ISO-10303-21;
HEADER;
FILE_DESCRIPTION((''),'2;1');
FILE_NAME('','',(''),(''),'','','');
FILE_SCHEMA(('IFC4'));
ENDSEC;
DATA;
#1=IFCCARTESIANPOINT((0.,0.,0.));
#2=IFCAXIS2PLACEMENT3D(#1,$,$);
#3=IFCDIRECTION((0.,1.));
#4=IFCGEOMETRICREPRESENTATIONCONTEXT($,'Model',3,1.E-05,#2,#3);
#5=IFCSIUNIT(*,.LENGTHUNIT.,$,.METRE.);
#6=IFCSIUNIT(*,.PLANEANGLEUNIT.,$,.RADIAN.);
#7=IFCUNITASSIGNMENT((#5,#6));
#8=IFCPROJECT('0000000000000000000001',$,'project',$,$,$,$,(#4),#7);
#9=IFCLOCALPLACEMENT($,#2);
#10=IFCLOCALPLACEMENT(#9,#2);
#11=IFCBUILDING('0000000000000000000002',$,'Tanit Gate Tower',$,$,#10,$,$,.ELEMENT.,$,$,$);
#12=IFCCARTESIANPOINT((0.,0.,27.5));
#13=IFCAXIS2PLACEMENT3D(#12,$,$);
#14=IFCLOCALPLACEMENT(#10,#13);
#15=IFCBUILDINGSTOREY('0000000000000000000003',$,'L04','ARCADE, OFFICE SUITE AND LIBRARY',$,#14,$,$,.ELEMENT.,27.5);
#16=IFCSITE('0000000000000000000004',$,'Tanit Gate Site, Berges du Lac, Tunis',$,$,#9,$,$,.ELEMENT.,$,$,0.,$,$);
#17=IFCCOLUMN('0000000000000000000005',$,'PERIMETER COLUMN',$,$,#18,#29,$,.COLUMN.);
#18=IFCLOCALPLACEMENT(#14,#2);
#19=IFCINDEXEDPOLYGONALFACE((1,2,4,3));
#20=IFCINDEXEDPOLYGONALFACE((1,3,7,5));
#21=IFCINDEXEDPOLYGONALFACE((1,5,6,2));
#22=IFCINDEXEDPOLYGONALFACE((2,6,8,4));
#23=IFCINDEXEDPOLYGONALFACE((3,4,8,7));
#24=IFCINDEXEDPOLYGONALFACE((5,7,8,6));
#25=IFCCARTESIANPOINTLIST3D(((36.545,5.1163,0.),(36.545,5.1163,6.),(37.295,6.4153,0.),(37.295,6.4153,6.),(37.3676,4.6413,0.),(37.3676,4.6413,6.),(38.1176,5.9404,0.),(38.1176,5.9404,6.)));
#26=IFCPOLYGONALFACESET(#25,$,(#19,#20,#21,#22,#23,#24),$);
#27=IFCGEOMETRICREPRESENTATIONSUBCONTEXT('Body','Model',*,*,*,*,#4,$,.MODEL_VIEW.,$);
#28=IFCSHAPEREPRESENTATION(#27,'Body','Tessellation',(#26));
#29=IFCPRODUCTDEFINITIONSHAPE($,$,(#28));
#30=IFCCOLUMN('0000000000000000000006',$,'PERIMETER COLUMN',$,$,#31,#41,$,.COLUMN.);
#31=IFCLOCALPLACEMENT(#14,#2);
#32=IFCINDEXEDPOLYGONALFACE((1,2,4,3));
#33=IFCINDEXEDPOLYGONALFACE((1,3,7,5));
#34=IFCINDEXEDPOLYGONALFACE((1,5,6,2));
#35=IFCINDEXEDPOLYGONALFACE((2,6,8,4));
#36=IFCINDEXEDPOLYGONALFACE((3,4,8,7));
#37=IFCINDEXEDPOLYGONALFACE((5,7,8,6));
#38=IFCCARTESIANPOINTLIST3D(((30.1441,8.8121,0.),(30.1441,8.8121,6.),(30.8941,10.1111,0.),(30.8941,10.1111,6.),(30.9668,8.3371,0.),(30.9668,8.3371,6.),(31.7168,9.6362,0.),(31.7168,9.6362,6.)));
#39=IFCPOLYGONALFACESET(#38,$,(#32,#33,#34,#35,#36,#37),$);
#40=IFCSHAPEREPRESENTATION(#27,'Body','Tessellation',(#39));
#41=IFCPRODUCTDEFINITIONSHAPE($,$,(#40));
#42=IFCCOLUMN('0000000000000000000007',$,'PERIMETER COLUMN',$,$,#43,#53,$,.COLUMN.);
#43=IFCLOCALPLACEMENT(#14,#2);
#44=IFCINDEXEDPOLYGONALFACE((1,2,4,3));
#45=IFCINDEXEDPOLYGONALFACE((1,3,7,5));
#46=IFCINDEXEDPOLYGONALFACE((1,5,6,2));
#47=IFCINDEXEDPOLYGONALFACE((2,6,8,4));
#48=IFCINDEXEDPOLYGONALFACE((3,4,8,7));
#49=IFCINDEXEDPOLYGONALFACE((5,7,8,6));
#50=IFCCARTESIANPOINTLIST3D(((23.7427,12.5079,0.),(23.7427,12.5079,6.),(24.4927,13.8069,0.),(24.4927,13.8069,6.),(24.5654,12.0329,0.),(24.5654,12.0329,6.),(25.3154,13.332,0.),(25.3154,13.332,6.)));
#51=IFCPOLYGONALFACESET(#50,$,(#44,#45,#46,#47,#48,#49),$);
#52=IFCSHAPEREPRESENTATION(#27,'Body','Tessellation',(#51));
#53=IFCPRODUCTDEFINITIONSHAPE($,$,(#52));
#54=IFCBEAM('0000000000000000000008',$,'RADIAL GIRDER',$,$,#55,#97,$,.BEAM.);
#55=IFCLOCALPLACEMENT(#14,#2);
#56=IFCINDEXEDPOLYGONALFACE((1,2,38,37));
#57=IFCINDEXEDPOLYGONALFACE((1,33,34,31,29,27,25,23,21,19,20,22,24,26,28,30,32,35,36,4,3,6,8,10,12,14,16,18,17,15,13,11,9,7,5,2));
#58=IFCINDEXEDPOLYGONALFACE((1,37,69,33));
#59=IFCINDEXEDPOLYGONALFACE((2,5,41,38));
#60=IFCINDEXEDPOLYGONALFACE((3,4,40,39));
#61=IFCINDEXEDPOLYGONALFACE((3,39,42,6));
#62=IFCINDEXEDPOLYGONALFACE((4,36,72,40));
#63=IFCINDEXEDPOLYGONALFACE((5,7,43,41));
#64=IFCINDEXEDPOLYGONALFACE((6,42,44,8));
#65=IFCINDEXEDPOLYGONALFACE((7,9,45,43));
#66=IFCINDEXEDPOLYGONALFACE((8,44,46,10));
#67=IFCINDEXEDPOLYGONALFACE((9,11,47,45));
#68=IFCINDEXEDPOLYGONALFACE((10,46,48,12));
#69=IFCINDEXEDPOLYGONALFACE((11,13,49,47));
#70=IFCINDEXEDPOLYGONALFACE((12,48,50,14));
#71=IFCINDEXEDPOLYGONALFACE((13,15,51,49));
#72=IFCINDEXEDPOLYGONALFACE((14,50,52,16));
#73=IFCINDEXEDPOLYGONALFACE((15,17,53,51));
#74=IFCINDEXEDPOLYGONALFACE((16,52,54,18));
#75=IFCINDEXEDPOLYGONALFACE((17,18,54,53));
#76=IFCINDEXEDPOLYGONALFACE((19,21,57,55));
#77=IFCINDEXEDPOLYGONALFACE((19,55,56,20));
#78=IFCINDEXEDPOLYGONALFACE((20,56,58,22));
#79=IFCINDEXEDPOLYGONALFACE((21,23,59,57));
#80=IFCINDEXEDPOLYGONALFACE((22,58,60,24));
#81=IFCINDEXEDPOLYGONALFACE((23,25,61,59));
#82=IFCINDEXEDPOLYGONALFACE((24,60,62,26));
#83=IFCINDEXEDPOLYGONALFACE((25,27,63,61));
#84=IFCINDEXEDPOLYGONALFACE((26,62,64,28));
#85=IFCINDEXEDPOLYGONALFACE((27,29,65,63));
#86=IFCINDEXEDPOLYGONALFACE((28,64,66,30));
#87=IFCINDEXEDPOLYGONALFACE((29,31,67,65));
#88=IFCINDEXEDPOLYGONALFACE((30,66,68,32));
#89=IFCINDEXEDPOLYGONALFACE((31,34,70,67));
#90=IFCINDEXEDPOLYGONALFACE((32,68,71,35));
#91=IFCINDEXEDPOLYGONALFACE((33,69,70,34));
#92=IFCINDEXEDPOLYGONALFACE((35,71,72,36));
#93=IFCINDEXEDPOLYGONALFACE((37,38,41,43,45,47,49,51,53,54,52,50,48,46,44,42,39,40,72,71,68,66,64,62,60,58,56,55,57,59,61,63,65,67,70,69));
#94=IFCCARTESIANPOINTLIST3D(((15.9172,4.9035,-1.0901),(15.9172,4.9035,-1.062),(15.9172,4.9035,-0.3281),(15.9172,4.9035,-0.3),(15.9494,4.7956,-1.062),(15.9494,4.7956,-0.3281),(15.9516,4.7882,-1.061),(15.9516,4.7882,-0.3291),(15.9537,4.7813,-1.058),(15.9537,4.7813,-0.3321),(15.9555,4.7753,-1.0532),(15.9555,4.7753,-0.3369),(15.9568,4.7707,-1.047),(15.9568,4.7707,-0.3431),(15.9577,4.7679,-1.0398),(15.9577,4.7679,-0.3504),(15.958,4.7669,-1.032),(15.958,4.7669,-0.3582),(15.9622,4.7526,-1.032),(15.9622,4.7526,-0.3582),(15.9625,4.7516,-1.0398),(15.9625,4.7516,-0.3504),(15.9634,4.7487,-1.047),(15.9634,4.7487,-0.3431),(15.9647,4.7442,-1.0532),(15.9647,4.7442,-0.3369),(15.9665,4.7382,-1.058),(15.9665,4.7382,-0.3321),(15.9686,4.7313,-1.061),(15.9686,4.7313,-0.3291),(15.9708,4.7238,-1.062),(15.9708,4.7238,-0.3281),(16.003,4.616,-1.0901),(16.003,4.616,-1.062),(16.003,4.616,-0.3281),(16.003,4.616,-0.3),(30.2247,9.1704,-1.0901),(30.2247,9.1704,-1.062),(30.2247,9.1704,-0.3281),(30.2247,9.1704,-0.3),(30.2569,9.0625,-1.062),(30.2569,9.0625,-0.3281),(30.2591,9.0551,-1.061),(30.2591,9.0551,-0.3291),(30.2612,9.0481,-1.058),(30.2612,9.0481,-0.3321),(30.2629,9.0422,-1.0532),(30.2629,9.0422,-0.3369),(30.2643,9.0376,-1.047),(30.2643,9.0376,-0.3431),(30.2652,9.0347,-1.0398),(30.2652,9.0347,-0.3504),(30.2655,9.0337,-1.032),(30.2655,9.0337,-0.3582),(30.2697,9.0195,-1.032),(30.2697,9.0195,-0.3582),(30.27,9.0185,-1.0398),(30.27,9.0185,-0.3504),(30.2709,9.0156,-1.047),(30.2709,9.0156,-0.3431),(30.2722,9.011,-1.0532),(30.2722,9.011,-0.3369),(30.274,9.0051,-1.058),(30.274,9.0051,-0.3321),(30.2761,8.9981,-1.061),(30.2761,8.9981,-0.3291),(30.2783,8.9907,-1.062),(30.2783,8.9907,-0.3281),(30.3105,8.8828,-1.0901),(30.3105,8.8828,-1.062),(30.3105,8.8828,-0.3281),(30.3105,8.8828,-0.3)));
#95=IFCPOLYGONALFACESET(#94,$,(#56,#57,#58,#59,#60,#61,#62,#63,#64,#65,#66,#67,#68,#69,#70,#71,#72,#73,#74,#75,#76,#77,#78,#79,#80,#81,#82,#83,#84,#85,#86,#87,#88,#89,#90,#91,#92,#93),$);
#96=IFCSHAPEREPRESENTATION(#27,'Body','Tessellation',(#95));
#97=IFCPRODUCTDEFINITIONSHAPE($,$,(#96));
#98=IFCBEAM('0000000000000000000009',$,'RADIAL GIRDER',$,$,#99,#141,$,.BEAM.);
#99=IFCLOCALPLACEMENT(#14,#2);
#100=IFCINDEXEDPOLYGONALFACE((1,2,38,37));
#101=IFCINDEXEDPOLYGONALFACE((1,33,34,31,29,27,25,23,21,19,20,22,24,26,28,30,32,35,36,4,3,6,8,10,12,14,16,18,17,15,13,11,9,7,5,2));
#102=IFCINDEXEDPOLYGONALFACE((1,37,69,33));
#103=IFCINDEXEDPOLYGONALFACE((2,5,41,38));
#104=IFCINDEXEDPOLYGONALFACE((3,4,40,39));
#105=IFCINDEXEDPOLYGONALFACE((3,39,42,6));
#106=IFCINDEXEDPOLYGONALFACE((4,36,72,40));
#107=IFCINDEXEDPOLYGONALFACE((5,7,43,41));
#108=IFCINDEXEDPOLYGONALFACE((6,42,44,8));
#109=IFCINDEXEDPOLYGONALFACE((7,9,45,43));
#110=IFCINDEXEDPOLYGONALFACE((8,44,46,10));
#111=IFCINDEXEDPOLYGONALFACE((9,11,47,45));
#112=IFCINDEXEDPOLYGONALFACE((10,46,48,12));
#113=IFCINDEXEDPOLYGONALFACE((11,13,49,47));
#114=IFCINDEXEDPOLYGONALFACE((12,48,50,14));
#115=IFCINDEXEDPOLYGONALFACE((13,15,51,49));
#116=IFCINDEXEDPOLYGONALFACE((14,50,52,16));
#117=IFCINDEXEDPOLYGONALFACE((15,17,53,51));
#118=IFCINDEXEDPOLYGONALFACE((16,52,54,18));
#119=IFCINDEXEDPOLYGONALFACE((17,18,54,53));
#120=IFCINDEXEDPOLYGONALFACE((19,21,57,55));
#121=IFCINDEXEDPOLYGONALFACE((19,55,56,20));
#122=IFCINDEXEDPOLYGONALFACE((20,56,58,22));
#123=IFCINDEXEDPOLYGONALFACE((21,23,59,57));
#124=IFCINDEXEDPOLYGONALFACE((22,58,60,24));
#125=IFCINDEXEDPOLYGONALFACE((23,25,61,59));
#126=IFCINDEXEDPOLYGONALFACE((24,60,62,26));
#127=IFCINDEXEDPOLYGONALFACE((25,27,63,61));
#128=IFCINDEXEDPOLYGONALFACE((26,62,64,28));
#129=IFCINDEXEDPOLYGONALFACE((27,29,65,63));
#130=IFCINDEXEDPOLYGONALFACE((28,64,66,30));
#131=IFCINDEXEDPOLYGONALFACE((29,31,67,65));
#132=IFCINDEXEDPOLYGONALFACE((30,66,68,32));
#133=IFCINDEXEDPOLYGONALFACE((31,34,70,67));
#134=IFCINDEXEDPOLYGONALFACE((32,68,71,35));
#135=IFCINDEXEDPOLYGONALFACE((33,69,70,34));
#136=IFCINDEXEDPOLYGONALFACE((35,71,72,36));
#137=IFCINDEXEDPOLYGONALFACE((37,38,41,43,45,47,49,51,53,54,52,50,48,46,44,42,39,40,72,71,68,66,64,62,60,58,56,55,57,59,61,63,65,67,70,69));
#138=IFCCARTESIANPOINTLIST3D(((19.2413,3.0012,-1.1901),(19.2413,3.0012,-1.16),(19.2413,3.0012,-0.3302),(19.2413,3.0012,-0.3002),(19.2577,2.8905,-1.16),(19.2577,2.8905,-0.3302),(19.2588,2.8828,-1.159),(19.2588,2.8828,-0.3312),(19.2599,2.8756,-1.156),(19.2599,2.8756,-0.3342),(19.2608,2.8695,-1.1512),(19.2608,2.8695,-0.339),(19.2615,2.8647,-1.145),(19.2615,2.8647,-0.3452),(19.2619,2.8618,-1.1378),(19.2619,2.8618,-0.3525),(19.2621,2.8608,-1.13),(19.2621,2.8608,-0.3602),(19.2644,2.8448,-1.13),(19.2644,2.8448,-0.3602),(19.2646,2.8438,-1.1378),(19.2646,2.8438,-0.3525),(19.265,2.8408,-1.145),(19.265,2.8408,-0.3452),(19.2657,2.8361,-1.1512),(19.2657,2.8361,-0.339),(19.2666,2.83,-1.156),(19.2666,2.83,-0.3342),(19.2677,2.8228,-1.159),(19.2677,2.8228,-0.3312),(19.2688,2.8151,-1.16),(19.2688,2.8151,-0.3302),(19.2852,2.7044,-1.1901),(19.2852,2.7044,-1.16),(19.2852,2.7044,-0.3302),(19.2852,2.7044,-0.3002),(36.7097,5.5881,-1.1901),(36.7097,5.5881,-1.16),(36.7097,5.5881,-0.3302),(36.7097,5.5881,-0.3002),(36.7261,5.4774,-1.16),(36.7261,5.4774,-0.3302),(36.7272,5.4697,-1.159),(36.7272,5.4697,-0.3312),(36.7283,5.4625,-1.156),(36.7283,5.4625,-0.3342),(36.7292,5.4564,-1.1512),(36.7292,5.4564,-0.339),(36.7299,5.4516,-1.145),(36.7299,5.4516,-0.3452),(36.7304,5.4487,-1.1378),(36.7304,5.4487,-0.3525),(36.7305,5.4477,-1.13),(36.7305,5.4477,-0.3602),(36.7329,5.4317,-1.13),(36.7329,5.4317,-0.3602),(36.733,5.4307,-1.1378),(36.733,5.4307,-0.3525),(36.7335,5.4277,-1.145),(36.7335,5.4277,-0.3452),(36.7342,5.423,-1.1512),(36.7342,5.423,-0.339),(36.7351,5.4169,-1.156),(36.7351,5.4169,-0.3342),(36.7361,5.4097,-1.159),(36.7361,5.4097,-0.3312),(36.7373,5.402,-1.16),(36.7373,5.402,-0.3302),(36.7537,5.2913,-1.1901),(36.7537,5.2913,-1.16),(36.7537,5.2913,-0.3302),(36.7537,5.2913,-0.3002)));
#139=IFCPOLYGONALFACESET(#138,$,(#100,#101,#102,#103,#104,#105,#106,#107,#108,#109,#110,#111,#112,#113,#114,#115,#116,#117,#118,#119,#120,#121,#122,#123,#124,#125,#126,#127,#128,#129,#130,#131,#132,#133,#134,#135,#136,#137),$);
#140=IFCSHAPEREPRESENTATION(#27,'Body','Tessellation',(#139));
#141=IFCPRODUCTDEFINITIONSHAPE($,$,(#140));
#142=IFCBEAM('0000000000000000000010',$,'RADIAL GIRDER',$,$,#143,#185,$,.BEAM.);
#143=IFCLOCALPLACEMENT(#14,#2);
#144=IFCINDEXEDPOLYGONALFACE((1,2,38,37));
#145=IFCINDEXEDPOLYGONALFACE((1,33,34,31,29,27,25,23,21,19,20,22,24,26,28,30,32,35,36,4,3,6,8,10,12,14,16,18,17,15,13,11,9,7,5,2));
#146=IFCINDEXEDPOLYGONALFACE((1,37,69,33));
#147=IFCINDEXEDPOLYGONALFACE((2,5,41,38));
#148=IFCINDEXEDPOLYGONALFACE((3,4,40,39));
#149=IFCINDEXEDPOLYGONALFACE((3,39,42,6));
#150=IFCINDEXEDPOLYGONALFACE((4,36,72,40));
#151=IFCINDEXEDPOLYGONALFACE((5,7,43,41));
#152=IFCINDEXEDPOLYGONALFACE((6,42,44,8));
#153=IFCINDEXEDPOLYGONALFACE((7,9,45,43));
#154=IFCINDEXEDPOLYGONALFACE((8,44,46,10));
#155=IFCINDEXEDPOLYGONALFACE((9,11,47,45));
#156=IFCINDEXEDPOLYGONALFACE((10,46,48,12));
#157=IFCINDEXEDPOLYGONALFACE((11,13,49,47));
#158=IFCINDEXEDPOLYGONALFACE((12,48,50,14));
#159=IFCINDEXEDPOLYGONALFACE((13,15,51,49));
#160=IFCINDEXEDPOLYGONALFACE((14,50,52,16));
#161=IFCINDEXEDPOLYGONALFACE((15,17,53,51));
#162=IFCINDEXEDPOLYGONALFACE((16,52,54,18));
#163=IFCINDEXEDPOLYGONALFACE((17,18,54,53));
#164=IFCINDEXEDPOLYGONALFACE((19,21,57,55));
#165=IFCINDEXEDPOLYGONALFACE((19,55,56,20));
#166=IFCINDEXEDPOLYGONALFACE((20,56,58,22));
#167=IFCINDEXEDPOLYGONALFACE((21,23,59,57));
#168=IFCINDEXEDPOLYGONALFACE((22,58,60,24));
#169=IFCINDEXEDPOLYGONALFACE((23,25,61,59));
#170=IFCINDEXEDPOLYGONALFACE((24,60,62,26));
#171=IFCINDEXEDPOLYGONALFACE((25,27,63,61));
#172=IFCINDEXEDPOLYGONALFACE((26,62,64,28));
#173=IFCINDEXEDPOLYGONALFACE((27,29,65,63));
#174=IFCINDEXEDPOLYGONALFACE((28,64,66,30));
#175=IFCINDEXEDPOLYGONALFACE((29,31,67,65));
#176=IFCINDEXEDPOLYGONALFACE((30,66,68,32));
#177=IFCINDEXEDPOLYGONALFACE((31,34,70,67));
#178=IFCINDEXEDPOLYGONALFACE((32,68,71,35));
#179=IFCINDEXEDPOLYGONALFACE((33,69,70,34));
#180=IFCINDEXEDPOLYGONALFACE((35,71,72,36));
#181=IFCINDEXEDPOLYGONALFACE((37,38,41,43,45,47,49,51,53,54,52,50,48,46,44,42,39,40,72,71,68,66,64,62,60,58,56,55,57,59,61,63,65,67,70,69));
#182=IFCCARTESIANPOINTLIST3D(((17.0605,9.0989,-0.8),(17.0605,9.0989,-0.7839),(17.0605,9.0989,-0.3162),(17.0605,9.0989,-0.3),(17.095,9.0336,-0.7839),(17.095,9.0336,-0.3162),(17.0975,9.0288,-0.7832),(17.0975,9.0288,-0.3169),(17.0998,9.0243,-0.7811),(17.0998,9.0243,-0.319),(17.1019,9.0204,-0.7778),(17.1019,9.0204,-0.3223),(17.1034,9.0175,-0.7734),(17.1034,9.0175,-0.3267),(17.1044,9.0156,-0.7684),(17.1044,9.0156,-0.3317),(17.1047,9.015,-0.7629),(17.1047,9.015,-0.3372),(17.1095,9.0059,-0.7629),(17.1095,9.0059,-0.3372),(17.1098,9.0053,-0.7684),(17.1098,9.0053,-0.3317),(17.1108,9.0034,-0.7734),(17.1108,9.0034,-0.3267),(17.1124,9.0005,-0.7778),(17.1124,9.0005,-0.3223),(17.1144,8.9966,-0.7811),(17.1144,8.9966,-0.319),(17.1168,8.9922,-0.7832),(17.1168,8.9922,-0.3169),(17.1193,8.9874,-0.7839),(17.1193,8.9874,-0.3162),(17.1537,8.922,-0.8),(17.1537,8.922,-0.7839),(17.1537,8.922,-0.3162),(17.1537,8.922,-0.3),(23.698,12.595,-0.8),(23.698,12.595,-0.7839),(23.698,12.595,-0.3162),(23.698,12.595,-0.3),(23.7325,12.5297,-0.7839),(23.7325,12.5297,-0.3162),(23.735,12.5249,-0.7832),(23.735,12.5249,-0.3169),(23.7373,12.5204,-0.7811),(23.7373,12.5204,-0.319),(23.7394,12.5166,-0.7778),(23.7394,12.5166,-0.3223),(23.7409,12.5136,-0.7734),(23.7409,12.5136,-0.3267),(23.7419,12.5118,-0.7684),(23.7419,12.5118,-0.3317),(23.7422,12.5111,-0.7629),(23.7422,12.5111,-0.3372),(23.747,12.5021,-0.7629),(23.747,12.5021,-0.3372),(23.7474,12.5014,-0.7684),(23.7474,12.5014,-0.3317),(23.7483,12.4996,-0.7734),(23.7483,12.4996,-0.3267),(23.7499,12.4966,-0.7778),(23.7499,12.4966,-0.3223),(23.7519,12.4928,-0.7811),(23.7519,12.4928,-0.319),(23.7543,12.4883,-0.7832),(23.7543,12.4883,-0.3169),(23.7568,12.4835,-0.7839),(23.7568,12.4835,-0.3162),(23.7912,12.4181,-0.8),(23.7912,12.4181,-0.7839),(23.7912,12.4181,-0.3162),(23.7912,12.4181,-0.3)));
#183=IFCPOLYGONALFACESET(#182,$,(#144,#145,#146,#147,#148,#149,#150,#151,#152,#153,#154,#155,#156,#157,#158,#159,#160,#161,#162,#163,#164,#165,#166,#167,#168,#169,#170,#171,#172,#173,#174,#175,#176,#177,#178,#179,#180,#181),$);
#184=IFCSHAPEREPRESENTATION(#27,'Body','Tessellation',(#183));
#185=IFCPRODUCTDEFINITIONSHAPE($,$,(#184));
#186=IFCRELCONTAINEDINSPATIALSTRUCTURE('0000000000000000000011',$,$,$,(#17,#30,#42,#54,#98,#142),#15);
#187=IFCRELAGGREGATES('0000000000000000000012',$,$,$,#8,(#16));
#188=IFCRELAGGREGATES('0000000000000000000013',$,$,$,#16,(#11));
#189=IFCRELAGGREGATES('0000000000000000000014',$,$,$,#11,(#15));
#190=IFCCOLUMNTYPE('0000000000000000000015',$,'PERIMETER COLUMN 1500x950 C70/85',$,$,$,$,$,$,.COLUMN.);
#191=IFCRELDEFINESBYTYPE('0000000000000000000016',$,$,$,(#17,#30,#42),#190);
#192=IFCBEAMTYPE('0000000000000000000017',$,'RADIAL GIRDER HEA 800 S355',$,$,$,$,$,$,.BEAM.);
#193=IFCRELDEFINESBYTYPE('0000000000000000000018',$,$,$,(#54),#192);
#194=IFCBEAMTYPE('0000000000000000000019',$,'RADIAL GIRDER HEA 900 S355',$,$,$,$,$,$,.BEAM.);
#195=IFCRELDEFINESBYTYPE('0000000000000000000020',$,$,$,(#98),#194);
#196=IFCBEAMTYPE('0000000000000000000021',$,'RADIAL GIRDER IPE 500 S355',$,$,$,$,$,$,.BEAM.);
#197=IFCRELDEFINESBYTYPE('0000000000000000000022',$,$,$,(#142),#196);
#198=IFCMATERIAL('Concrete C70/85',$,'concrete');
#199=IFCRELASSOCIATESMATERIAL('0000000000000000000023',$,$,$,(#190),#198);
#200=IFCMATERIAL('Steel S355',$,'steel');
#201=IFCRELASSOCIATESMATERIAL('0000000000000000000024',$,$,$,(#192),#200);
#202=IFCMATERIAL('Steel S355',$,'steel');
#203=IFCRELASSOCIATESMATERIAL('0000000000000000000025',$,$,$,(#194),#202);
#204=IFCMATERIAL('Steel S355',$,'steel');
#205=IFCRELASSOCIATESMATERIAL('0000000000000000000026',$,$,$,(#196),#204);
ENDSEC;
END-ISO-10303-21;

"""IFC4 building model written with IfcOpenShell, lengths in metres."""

from ifc_helpers import new_model, si_unit, direction, frame, origin, origin_2d, place, context, subcontext, project, spatial, rectangle, i_section, extrude, material, material_profile, profile_set, type_object, element, save


model = new_model("IFC4")

# Units and contexts
model_context = context("Model", 3, precision=1e-05, world=origin(), true_north=direction((0.0, 1.0)))
body_context = subcontext(model_context, "Body", "Model", "MODEL_VIEW")
ifc_project = project(units=[si_unit("LENGTHUNIT", "METRE"), si_unit("PLANEANGLEUNIT", "RADIAN")], contexts=[model_context])

# Site, building, storey
site_placement = place(None, origin())
site = spatial("IfcSite", under=ifc_project, at=site_placement, Name="Tanit Gate Site, Berges du Lac, Tunis", CompositionType="ELEMENT", RefElevation=0.0)
building_placement = place(site_placement, origin())
building = spatial("IfcBuilding", under=site, at=building_placement, Name="Tanit Gate Tower", CompositionType="ELEMENT")
storey_placement = place(building_placement, frame((0.0, 0.0, 27.5)))
storey = spatial("IfcBuildingStorey", under=building, at=storey_placement, Name="L04", Description="ARCADE, OFFICE SUITE AND LIBRARY", CompositionType="ELEMENT", Elevation=27.5)

# Columns
ifc_material_1 = material(Name="Concrete C70/85", Category="concrete")
ifc_material_profile_1 = material_profile(ifc_material_1, rectangle(XDim=1.5, YDim=0.95, at=origin_2d()), Name="RC 1500x950")
ifc_profile_set_1 = profile_set([ifc_material_profile_1], Name="Concrete C70/85")
column_type = type_object("IfcColumnType", Name="PERIMETER COLUMN 1500x950 C70/85", PredefinedType="COLUMN", material=ifc_profile_set_1)
for number, where, z_axis, x_axis, name in (
    (1, (37.3313, 5.5283, 0.0), (0.0, 0.0, 1.0), (0.5, 0.866025, 0.0), "PERIMETER COLUMN"),
    (2, (30.9304, 9.2241, 0.0), (0.0, 0.0, 1.0), (0.5, 0.866025, 0.0), "PERIMETER COLUMN"),
    (3, (24.5291, 12.9199, 0.0), (0.0, 0.0, 1.0), (0.5, 0.866025, 0.0), "PERIMETER COLUMN"),
):
    element("IfcColumn", number, at=place(storey_placement, frame(where, z_axis=z_axis, x_axis=x_axis)), inside=storey, type_object=column_type, Name=name, PredefinedType="COLUMN", context=body_context, shape_type="SweptSolid", body=[
        extrude(rectangle(XDim=1.5, YDim=0.95, at=origin_2d()), origin(), (0.0, 0.0, 1.0), 6.0),
    ])

# Beams
ifc_material_2 = material(Name="Steel S355", Category="steel")
ifc_material_profile_2 = material_profile(ifc_material_2, i_section(OverallWidth=0.3, OverallDepth=0.79, WebThickness=0.0149, FlangeThickness=0.0281, FilletRadius=0.03, at=origin_2d()), Name="HEA 800")
ifc_profile_set_2 = profile_set([ifc_material_profile_2], Name="Steel S355")
beam_type_1 = type_object("IfcBeamType", Name="RADIAL GIRDER HEA 800 S355", PredefinedType="BEAM", material=ifc_profile_set_2)
beam_1_placement = place(storey_placement, frame((30.2676, 9.0266, -0.6951), z_axis=(-0.958293, -0.285789, 0.0), x_axis=(0.285789, -0.958293, 0.0)))
element("IfcBeam", 4, at=beam_1_placement, inside=storey, type_object=beam_type_1, Name="RADIAL GIRDER", PredefinedType="BEAM", context=body_context, shape_type="SweptSolid", body=[
    extrude(i_section(OverallWidth=0.3, OverallDepth=0.79, WebThickness=0.0149, FlangeThickness=0.0281, FilletRadius=0.03, at=origin_2d()), origin(), (0.0, 0.0, 1.0), 14.9302),
])
ifc_material_3 = material(Name="Steel S355", Category="steel")
ifc_material_profile_3 = material_profile(ifc_material_3, i_section(OverallWidth=0.3, OverallDepth=0.8899, WebThickness=0.0161, FlangeThickness=0.03, FilletRadius=0.03, at=origin_2d()), Name="HEA 900")
ifc_profile_set_3 = profile_set([ifc_material_profile_3], Name="Steel S355")
beam_type_2 = type_object("IfcBeamType", Name="RADIAL GIRDER HEA 900 S355", PredefinedType="BEAM", material=ifc_profile_set_3)
beam_2_placement = place(storey_placement, frame((36.7317, 5.4397, -0.7451), z_axis=(-0.989212, -0.146493, 0.0), x_axis=(0.146493, -0.989212, 0.0)))
element("IfcBeam", 5, at=beam_2_placement, inside=storey, type_object=beam_type_2, Name="RADIAL GIRDER", PredefinedType="BEAM", context=body_context, shape_type="SweptSolid", body=[
    extrude(i_section(OverallWidth=0.3, OverallDepth=0.8899, WebThickness=0.0161, FlangeThickness=0.03, FilletRadius=0.03, at=origin_2d()), origin(), (0.0, 0.0, 1.0), 17.6589),
])
ifc_material_4 = material(Name="Steel S355", Category="steel")
ifc_material_profile_4 = material_profile(ifc_material_4, i_section(OverallWidth=0.2, OverallDepth=0.5, WebThickness=0.0103, FlangeThickness=0.0161, FilletRadius=0.021, at=origin_2d()), Name="IPE 500")
ifc_profile_set_4 = profile_set([ifc_material_profile_4], Name="Steel S355")
beam_type_3 = type_object("IfcBeamType", Name="RADIAL GIRDER IPE 500 S355", PredefinedType="BEAM", material=ifc_profile_set_4)
beam_3_placement = place(storey_placement, frame((23.7446, 12.5066, -0.55), z_axis=(-0.88477, -0.466028, 0.0), x_axis=(0.466028, -0.88477, 0.0)))
element("IfcBeam", 6, at=beam_3_placement, inside=storey, type_object=beam_type_3, Name="RADIAL GIRDER", PredefinedType="BEAM", context=body_context, shape_type="SweptSolid", body=[
    extrude(i_section(OverallWidth=0.2, OverallDepth=0.5, WebThickness=0.0103, FlangeThickness=0.0161, FilletRadius=0.021, at=origin_2d()), origin(), (0.0, 0.0, 1.0), 7.502),
])

save(model, "model.ifc")
